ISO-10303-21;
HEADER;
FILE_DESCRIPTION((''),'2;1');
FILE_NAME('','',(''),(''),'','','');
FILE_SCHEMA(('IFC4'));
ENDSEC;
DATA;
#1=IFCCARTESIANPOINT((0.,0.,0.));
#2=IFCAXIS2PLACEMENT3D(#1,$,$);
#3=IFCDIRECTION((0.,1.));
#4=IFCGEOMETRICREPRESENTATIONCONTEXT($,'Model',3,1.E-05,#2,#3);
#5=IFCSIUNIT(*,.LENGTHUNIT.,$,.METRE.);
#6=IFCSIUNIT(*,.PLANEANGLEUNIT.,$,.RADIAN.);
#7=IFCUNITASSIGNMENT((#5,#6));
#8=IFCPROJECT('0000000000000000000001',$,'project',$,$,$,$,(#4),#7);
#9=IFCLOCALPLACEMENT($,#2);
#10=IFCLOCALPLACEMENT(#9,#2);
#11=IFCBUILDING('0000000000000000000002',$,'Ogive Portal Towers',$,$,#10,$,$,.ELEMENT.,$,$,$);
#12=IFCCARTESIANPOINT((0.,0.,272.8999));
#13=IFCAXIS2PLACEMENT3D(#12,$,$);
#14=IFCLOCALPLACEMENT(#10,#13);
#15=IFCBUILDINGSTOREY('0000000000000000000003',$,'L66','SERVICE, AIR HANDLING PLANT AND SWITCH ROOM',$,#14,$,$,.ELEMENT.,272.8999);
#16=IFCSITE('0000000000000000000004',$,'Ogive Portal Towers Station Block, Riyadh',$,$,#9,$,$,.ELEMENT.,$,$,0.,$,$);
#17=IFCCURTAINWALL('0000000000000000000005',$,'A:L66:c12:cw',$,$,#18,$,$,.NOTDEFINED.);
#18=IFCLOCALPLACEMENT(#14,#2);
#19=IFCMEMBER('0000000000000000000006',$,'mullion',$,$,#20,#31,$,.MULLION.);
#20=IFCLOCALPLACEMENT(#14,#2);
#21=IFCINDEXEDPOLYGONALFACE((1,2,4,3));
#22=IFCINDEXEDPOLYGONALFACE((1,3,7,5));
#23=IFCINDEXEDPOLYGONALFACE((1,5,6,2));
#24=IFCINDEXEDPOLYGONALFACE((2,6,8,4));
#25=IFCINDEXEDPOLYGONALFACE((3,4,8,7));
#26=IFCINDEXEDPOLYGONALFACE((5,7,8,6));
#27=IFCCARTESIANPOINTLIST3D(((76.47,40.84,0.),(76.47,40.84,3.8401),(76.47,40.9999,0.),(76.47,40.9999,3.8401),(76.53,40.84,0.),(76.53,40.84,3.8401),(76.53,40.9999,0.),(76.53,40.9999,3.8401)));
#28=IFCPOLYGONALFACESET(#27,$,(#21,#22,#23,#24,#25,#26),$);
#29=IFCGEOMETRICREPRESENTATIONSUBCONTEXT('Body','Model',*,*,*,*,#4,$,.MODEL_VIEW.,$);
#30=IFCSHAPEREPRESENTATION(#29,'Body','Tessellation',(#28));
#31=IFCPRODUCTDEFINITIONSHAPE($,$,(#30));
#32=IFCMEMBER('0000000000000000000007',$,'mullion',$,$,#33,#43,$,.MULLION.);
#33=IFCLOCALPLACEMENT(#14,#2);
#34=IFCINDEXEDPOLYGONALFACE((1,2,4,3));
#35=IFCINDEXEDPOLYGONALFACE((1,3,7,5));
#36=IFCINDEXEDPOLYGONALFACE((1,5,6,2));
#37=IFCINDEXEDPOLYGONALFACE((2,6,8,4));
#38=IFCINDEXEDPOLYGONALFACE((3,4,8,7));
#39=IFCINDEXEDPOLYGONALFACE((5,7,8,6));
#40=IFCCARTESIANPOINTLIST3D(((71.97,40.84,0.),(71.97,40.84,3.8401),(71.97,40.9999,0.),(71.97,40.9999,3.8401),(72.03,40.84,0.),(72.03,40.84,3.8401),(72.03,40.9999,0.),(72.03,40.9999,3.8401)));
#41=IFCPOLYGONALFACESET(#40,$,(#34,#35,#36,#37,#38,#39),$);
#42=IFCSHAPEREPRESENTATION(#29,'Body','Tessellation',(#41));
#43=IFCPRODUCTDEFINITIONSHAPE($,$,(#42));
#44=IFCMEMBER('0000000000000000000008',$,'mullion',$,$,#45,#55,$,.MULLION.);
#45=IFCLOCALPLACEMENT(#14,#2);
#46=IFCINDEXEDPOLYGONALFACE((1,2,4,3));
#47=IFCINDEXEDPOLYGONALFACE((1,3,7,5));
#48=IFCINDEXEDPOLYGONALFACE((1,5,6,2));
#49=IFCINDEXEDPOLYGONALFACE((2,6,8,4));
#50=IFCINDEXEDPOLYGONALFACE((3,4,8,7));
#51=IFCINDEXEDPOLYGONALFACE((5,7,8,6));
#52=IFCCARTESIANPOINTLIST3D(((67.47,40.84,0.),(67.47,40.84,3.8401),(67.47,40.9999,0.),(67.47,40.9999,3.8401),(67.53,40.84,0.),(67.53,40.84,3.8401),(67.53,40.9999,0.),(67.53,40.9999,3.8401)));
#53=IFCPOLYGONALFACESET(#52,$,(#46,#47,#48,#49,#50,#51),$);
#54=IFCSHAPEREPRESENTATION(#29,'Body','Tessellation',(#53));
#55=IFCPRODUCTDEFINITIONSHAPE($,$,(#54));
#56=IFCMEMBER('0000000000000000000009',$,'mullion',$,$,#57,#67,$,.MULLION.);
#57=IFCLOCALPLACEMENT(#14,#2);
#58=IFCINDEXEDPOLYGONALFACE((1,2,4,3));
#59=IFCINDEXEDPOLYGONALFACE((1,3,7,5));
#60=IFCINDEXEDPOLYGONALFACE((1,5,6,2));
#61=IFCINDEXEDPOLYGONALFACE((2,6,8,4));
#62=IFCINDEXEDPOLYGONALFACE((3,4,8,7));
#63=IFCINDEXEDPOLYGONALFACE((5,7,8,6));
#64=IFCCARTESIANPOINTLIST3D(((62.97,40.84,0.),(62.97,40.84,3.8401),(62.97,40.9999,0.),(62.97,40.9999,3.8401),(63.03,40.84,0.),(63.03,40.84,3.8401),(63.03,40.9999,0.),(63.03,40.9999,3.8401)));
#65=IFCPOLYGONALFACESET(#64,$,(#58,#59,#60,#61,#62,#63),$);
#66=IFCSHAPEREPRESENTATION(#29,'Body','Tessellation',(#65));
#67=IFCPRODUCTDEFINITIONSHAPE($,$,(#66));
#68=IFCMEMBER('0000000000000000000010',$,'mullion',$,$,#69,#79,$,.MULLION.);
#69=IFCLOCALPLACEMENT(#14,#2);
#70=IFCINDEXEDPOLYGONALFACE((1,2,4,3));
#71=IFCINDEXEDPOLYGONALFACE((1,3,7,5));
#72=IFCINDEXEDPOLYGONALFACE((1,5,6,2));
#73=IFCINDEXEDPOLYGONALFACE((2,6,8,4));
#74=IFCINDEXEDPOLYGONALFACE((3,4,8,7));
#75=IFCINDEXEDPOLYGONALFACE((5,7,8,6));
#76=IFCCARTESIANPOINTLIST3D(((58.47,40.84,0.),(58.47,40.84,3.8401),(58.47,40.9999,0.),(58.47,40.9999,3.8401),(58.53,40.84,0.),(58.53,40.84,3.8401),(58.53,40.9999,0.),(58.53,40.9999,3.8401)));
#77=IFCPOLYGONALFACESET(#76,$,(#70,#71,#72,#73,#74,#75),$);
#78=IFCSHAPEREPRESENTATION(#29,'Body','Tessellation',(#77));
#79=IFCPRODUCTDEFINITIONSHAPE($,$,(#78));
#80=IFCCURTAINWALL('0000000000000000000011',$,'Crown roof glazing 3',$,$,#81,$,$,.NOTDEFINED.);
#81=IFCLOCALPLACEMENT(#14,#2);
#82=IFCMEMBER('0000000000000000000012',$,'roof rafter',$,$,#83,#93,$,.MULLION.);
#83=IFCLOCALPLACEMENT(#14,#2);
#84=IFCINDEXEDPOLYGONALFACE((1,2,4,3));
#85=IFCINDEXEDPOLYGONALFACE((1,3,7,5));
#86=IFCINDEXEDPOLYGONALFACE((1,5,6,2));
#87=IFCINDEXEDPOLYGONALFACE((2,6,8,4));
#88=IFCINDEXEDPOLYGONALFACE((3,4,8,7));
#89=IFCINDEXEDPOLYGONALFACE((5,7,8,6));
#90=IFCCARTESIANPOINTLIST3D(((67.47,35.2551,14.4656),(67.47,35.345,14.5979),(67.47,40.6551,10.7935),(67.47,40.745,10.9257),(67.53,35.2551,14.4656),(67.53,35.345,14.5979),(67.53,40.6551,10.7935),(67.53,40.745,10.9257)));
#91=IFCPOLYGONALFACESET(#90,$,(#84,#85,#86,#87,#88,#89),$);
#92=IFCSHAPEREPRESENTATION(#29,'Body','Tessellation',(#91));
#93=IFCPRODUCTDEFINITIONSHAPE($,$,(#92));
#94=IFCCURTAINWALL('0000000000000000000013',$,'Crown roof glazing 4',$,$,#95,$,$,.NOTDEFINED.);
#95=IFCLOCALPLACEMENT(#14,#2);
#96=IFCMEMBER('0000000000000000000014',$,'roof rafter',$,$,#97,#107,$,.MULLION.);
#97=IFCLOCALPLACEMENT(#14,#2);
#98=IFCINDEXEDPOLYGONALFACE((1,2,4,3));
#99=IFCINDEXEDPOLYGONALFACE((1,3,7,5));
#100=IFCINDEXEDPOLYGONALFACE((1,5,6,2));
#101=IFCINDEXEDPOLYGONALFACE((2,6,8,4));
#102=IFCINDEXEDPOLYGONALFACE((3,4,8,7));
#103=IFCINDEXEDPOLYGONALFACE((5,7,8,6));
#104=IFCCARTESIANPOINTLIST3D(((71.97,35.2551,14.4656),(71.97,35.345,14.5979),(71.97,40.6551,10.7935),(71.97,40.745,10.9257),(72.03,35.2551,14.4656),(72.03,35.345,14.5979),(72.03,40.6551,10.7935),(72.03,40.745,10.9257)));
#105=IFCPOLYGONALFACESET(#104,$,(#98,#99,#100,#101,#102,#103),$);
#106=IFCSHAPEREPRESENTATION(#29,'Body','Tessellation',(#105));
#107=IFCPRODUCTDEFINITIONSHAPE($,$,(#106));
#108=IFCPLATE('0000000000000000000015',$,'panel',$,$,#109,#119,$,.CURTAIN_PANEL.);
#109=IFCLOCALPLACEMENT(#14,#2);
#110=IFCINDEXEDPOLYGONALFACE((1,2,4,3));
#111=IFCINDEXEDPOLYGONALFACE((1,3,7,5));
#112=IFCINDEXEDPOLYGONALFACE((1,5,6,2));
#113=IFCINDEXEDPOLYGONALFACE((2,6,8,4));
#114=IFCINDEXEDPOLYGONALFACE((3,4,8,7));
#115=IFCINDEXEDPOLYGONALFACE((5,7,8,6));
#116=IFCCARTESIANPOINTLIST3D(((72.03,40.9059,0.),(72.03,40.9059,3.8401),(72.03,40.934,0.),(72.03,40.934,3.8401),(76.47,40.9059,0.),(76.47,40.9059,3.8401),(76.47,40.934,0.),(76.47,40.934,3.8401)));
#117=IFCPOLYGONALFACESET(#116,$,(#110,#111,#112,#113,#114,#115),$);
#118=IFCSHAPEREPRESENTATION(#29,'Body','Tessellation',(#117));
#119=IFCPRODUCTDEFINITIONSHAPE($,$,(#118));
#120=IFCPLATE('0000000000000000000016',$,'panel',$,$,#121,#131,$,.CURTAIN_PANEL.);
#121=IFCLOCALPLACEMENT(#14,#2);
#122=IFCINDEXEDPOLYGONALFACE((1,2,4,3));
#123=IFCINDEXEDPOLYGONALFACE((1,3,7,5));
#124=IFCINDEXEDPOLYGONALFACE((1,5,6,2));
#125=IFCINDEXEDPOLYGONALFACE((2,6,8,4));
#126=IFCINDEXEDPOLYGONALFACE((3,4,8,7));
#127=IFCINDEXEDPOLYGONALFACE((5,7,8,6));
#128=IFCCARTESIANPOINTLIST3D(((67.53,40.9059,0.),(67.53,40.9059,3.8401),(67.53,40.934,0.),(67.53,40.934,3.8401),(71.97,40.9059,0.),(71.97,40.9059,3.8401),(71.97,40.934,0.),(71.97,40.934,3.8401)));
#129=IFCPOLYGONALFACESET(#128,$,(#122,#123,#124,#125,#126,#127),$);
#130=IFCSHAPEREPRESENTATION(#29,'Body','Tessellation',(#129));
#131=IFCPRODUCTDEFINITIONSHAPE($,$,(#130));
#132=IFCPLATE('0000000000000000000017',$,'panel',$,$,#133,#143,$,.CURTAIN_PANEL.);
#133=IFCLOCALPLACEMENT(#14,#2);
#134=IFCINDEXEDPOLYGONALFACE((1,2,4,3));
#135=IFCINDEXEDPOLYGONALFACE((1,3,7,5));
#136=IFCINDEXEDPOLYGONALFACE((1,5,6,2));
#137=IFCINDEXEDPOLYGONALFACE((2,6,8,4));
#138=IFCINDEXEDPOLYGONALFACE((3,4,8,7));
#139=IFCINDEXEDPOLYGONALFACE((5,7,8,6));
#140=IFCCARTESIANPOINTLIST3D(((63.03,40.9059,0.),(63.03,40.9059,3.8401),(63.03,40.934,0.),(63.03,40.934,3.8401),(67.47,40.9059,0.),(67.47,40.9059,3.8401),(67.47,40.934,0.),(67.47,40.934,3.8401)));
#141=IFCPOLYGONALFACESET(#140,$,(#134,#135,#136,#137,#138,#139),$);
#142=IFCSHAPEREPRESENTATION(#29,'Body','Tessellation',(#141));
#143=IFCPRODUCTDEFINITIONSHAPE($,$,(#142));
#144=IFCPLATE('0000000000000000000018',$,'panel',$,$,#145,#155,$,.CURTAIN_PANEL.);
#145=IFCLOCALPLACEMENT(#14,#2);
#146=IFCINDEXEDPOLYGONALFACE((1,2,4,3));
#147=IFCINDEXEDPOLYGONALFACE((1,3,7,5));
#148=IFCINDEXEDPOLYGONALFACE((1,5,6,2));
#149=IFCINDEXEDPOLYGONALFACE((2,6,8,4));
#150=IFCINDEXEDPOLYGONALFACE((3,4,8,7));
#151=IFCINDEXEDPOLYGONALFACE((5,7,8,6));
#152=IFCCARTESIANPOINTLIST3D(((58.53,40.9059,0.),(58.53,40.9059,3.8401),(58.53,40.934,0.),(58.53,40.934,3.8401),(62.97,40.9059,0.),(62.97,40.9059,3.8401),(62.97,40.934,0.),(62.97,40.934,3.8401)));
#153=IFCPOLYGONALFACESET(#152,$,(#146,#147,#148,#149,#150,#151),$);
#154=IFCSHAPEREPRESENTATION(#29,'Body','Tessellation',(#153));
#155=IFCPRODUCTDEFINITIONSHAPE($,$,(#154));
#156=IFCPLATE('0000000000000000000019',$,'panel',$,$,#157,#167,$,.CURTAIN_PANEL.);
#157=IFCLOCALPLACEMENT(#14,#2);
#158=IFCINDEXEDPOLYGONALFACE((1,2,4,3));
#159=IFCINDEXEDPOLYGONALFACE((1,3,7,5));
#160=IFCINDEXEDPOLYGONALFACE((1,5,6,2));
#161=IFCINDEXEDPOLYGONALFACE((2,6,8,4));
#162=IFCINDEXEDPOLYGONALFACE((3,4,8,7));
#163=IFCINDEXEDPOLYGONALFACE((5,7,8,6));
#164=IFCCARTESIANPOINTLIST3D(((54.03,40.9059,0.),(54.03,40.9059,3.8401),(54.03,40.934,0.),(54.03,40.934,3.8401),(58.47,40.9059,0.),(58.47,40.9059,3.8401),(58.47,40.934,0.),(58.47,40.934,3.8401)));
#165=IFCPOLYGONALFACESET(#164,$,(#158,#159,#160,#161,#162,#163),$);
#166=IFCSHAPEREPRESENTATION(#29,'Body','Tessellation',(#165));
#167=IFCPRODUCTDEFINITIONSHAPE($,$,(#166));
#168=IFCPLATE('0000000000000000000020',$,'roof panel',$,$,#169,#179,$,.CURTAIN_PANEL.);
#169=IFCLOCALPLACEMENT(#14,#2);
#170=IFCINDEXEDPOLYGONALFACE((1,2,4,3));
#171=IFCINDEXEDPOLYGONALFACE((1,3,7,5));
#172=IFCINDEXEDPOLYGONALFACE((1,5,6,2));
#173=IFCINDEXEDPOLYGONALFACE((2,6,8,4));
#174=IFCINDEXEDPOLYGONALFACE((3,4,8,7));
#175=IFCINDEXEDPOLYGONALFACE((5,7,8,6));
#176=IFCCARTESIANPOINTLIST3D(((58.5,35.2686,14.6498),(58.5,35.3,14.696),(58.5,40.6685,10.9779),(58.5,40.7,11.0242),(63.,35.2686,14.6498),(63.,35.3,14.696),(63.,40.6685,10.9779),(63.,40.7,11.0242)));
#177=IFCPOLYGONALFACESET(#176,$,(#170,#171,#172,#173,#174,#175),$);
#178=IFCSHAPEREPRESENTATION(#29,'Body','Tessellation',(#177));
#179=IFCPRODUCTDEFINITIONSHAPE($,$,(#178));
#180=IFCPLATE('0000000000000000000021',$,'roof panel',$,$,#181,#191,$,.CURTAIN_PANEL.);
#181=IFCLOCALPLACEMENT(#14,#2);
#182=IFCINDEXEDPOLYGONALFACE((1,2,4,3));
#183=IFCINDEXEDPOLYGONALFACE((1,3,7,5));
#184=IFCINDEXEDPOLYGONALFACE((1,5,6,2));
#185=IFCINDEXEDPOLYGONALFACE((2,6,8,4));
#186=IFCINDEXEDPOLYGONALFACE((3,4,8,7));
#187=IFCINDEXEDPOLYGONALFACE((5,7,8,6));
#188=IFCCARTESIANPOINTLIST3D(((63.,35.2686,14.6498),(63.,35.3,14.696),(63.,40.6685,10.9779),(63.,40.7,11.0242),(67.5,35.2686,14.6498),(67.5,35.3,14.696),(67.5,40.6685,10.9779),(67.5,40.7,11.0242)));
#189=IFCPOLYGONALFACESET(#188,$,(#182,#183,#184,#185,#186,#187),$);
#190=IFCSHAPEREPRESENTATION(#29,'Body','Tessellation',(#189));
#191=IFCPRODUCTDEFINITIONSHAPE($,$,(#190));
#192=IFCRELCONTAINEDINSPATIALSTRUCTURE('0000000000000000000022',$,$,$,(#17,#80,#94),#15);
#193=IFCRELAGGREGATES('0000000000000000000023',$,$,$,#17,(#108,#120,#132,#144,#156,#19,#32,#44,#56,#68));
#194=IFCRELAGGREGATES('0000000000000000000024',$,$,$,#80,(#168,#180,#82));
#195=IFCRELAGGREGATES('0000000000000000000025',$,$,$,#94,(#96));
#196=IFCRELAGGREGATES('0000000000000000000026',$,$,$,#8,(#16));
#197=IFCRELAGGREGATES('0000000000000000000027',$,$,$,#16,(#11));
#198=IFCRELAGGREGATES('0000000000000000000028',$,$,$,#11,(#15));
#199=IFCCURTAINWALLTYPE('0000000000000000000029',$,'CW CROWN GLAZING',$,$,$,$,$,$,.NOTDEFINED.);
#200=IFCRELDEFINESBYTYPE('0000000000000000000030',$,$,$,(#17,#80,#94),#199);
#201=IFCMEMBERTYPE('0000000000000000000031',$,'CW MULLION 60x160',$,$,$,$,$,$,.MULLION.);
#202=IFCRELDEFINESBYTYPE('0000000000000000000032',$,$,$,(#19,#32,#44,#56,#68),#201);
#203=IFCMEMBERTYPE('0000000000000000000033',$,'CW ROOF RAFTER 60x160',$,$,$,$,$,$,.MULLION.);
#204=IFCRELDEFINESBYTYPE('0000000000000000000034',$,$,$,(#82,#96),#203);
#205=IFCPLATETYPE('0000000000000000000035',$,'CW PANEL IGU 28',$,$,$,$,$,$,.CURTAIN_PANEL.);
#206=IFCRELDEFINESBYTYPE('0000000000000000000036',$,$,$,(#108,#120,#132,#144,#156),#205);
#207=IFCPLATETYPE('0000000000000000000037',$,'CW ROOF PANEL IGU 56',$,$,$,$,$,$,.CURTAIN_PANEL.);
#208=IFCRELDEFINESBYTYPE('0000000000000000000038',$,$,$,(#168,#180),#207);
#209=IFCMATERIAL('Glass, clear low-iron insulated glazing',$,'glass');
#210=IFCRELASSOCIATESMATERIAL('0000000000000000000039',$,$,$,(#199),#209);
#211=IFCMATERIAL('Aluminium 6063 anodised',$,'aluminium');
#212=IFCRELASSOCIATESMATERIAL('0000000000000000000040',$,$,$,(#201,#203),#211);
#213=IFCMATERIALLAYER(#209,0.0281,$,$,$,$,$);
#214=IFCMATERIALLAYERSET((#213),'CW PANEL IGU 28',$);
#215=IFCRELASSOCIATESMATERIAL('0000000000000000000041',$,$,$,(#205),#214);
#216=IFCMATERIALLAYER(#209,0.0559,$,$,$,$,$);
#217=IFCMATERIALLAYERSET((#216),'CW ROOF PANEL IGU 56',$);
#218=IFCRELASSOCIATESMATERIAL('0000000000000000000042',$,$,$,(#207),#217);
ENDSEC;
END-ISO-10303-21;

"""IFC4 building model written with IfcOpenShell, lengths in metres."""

from ifc_helpers import new_model, si_unit, direction, frame, origin, origin_2d, place, context, subcontext, project, spatial, polyline, rectangle, outline, extrude, material, layer, layer_set, material_profile, profile_set, type_object, element, aggregate, save


model = new_model("IFC4")

# Units and contexts
model_context = context("Model", 3, precision=1e-05, world=origin(), true_north=direction((0.0, 1.0)))
body_context = subcontext(model_context, "Body", "Model", "MODEL_VIEW")
ifc_project = project(units=[si_unit("LENGTHUNIT", "METRE"), si_unit("PLANEANGLEUNIT", "RADIAN")], contexts=[model_context])

# Site, building, storey
site_placement = place(None, origin())
site = spatial("IfcSite", under=ifc_project, at=site_placement, Name="Ogive Portal Towers Station Block, Riyadh", CompositionType="ELEMENT", RefElevation=0.0)
building_placement = place(site_placement, origin())
building = spatial("IfcBuilding", under=site, at=building_placement, Name="Ogive Portal Towers", CompositionType="ELEMENT")
storey_placement = place(building_placement, frame((0.0, 0.0, 272.8999)))
storey = spatial("IfcBuildingStorey", under=building, at=storey_placement, Name="L66", Description="SERVICE, AIR HANDLING PLANT AND SWITCH ROOM", CompositionType="ELEMENT", Elevation=272.8999)

# Curtain wall, members
ifc_material_1 = material(Name="Glass, clear low-iron insulated glazing", Category="glass")
curtain_wall_type = type_object("IfcCurtainWallType", Name="CW CROWN GLAZING", PredefinedType="NOTDEFINED", material=ifc_material_1)
curtain_wall_1_placement = place(storey_placement, origin())
curtain_wall_1 = element("IfcCurtainWall", 1, at=curtain_wall_1_placement, inside=storey, type_object=curtain_wall_type, Name="A:L66:c12:cw", PredefinedType="NOTDEFINED")
ifc_material_2 = material(Name="Aluminium 6063 anodised", Category="aluminium")
ifc_material_profile_1 = material_profile(ifc_material_2, rectangle(XDim=0.1599, YDim=0.0601, at=origin_2d()), Name="AL 60x160")
ifc_profile_set_1 = profile_set([ifc_material_profile_1], Name="Aluminium 6063 anodised")
member_type_1 = type_object("IfcMemberType", Name="CW MULLION 60x160", PredefinedType="MULLION", material=ifc_profile_set_1)
member_1_placement = place(storey_placement, frame((76.5, 40.9199, 0.0), z_axis=(0.0, 0.0, 1.0), x_axis=(0.0, -1.0, 0.0)))
member_1 = element("IfcMember", 2, at=member_1_placement, type_object=member_type_1, Name="mullion", PredefinedType="MULLION", context=body_context, shape_type="SweptSolid", body=[
    extrude(rectangle(XDim=0.1599, YDim=0.0601, at=origin_2d()), origin(), (0.0, 0.0, 1.0), 3.8401),
])
member_2_placement = place(storey_placement, frame((72.0, 40.9199, 0.0), z_axis=(0.0, 0.0, 1.0), x_axis=(0.0, -1.0, 0.0)))
member_2 = element("IfcMember", 3, at=member_2_placement, type_object=member_type_1, Name="mullion", PredefinedType="MULLION", context=body_context, shape_type="SweptSolid", body=[
    extrude(rectangle(XDim=0.1599, YDim=0.0601, at=origin_2d()), origin(), (0.0, 0.0, 1.0), 3.8401),
])
member_3_placement = place(storey_placement, frame((67.5, 40.9199, 0.0), z_axis=(0.0, 0.0, 1.0), x_axis=(0.0, -1.0, 0.0)))
member_3 = element("IfcMember", 4, at=member_3_placement, type_object=member_type_1, Name="mullion", PredefinedType="MULLION", context=body_context, shape_type="SweptSolid", body=[
    extrude(rectangle(XDim=0.1599, YDim=0.0601, at=origin_2d()), origin(), (0.0, 0.0, 1.0), 3.8401),
])
member_4_placement = place(storey_placement, frame((63.0, 40.9199, 0.0), z_axis=(0.0, 0.0, 1.0), x_axis=(0.0, -1.0, 0.0)))
member_4 = element("IfcMember", 5, at=member_4_placement, type_object=member_type_1, Name="mullion", PredefinedType="MULLION", context=body_context, shape_type="SweptSolid", body=[
    extrude(rectangle(XDim=0.1599, YDim=0.0601, at=origin_2d()), origin(), (0.0, 0.0, 1.0), 3.8401),
])
member_5_placement = place(storey_placement, frame((58.5, 40.9199, 0.0), z_axis=(0.0, 0.0, 1.0), x_axis=(0.0, -1.0, 0.0)))
member_5 = element("IfcMember", 6, at=member_5_placement, type_object=member_type_1, Name="mullion", PredefinedType="MULLION", context=body_context, shape_type="SweptSolid", body=[
    extrude(rectangle(XDim=0.1599, YDim=0.0601, at=origin_2d()), origin(), (0.0, 0.0, 1.0), 3.8401),
])

# Curtain walls, members
curtain_wall_2_placement = place(storey_placement, origin())
curtain_wall_2 = element("IfcCurtainWall", 7, at=curtain_wall_2_placement, inside=storey, type_object=curtain_wall_type, Name="Crown roof glazing 3", PredefinedType="NOTDEFINED")
ifc_material_profile_2 = material_profile(ifc_material_2, rectangle(XDim=0.0601, YDim=0.1599, at=origin_2d()), Name="AL 60x160 rafter")
ifc_profile_set_2 = profile_set([ifc_material_profile_2], Name="Aluminium 6063 anodised")
member_type_2 = type_object("IfcMemberType", Name="CW ROOF RAFTER 60x160", PredefinedType="MULLION", material=ifc_profile_set_2)
member_6_placement = place(storey_placement, frame((67.5, 35.3, 14.5317), z_axis=(0.0, 0.826913, -0.562329), x_axis=(-1.0, 0.0, 0.0)))
member_6 = element("IfcMember", 8, at=member_6_placement, type_object=member_type_2, Name="roof rafter", PredefinedType="MULLION", context=body_context, shape_type="SweptSolid", body=[
    extrude(rectangle(XDim=0.0601, YDim=0.1599, at=origin_2d()), origin(), (0.0, 0.0, 1.0), 6.5303),
])
curtain_wall_3_placement = place(storey_placement, origin())
curtain_wall_3 = element("IfcCurtainWall", 9, at=curtain_wall_3_placement, inside=storey, type_object=curtain_wall_type, Name="Crown roof glazing 4", PredefinedType="NOTDEFINED")
member_7_placement = place(storey_placement, frame((72.0, 35.3, 14.5317), z_axis=(0.0, 0.826913, -0.562329), x_axis=(-1.0, 0.0, 0.0)))
member_7 = element("IfcMember", 10, at=member_7_placement, type_object=member_type_2, Name="roof rafter", PredefinedType="MULLION", context=body_context, shape_type="SweptSolid", body=[
    extrude(rectangle(XDim=0.0601, YDim=0.1599, at=origin_2d()), origin(), (0.0, 0.0, 1.0), 6.5303),
])

# Plates
ifc_layer_1 = layer(ifc_material_1, 0.0281)
ifc_layer_set_1 = layer_set([ifc_layer_1], Name="CW PANEL IGU 28")
plate_type_1 = type_object("IfcPlateType", Name="CW PANEL IGU 28", PredefinedType="CURTAIN_PANEL", material=ifc_layer_set_1)
plate_1_placement = place(storey_placement, frame((74.25, 40.9199, 0.0), z_axis=(0.0, 0.0, 1.0), x_axis=(-1.0, 0.0, 0.0)))
plate_1 = element("IfcPlate", 11, at=plate_1_placement, type_object=plate_type_1, Name="panel", PredefinedType="CURTAIN_PANEL", context=body_context, shape_type="SweptSolid", body=[
    extrude(rectangle(XDim=4.4399, YDim=0.0281, at=origin_2d()), origin(), (0.0, 0.0, 1.0), 3.8401),
])
plate_2_placement = place(storey_placement, frame((69.75, 40.9199, 0.0), z_axis=(0.0, 0.0, 1.0), x_axis=(-1.0, 0.0, 0.0)))
plate_2 = element("IfcPlate", 12, at=plate_2_placement, type_object=plate_type_1, Name="panel", PredefinedType="CURTAIN_PANEL", context=body_context, shape_type="SweptSolid", body=[
    extrude(rectangle(XDim=4.4399, YDim=0.0281, at=origin_2d()), origin(), (0.0, 0.0, 1.0), 3.8401),
])
plate_3_placement = place(storey_placement, frame((65.25, 40.9199, 0.0), z_axis=(0.0, 0.0, 1.0), x_axis=(-1.0, 0.0, 0.0)))
plate_3 = element("IfcPlate", 13, at=plate_3_placement, type_object=plate_type_1, Name="panel", PredefinedType="CURTAIN_PANEL", context=body_context, shape_type="SweptSolid", body=[
    extrude(rectangle(XDim=4.4399, YDim=0.0281, at=origin_2d()), origin(), (0.0, 0.0, 1.0), 3.8401),
])
plate_4_placement = place(storey_placement, frame((60.75, 40.9199, 0.0), z_axis=(0.0, 0.0, 1.0), x_axis=(-1.0, 0.0, 0.0)))
plate_4 = element("IfcPlate", 14, at=plate_4_placement, type_object=plate_type_1, Name="panel", PredefinedType="CURTAIN_PANEL", context=body_context, shape_type="SweptSolid", body=[
    extrude(rectangle(XDim=4.4399, YDim=0.0281, at=origin_2d()), origin(), (0.0, 0.0, 1.0), 3.8401),
])
plate_5_placement = place(storey_placement, frame((56.25, 40.9199, 0.0), z_axis=(0.0, 0.0, 1.0), x_axis=(-1.0, 0.0, 0.0)))
plate_5 = element("IfcPlate", 15, at=plate_5_placement, type_object=plate_type_1, Name="panel", PredefinedType="CURTAIN_PANEL", context=body_context, shape_type="SweptSolid", body=[
    extrude(rectangle(XDim=4.4399, YDim=0.0281, at=origin_2d()), origin(), (0.0, 0.0, 1.0), 3.8401),
])
aggregate(curtain_wall_1, [plate_1, plate_2, plate_3, plate_4, plate_5, member_1, member_2, member_3, member_4, member_5])
ifc_layer_2 = layer(ifc_material_1, 0.0559)
ifc_layer_set_2 = layer_set([ifc_layer_2], Name="CW ROOF PANEL IGU 56")
plate_type_2 = type_object("IfcPlateType", Name="CW ROOF PANEL IGU 56", PredefinedType="CURTAIN_PANEL", material=ifc_layer_set_2)
plate_6_placement = place(storey_placement, frame((58.5, 40.7, 11.0242), z_axis=(0.0, 0.562304, 0.826931), x_axis=(0.0, -0.826931, 0.562304)))
plate_6 = element("IfcPlate", 16, at=plate_6_placement, type_object=plate_type_2, Name="roof panel", PredefinedType="CURTAIN_PANEL", context=body_context, shape_type="SweptSolid", body=[
    extrude(outline(polyline([(0.0, 0.0), (6.5301, 0.0), (6.5301, 4.5), (0.0, 4.5), (0.0, 0.0)])), origin(), (0.0, 0.0, -1.0), 0.0559),
])
plate_7_placement = place(storey_placement, frame((63.0, 40.7, 11.0242), z_axis=(0.0, 0.562304, 0.826931), x_axis=(0.0, -0.826931, 0.562304)))
plate_7 = element("IfcPlate", 17, at=plate_7_placement, type_object=plate_type_2, Name="roof panel", PredefinedType="CURTAIN_PANEL", context=body_context, shape_type="SweptSolid", body=[
    extrude(outline(polyline([(0.0, 0.0), (6.5301, 0.0), (6.5301, 4.5), (0.0, 4.5), (0.0, 0.0)])), origin(), (0.0, 0.0, -1.0), 0.0559),
])
aggregate(curtain_wall_2, [plate_6, plate_7, member_6])
aggregate(curtain_wall_3, [member_7])

save(model, "model.ifc")
